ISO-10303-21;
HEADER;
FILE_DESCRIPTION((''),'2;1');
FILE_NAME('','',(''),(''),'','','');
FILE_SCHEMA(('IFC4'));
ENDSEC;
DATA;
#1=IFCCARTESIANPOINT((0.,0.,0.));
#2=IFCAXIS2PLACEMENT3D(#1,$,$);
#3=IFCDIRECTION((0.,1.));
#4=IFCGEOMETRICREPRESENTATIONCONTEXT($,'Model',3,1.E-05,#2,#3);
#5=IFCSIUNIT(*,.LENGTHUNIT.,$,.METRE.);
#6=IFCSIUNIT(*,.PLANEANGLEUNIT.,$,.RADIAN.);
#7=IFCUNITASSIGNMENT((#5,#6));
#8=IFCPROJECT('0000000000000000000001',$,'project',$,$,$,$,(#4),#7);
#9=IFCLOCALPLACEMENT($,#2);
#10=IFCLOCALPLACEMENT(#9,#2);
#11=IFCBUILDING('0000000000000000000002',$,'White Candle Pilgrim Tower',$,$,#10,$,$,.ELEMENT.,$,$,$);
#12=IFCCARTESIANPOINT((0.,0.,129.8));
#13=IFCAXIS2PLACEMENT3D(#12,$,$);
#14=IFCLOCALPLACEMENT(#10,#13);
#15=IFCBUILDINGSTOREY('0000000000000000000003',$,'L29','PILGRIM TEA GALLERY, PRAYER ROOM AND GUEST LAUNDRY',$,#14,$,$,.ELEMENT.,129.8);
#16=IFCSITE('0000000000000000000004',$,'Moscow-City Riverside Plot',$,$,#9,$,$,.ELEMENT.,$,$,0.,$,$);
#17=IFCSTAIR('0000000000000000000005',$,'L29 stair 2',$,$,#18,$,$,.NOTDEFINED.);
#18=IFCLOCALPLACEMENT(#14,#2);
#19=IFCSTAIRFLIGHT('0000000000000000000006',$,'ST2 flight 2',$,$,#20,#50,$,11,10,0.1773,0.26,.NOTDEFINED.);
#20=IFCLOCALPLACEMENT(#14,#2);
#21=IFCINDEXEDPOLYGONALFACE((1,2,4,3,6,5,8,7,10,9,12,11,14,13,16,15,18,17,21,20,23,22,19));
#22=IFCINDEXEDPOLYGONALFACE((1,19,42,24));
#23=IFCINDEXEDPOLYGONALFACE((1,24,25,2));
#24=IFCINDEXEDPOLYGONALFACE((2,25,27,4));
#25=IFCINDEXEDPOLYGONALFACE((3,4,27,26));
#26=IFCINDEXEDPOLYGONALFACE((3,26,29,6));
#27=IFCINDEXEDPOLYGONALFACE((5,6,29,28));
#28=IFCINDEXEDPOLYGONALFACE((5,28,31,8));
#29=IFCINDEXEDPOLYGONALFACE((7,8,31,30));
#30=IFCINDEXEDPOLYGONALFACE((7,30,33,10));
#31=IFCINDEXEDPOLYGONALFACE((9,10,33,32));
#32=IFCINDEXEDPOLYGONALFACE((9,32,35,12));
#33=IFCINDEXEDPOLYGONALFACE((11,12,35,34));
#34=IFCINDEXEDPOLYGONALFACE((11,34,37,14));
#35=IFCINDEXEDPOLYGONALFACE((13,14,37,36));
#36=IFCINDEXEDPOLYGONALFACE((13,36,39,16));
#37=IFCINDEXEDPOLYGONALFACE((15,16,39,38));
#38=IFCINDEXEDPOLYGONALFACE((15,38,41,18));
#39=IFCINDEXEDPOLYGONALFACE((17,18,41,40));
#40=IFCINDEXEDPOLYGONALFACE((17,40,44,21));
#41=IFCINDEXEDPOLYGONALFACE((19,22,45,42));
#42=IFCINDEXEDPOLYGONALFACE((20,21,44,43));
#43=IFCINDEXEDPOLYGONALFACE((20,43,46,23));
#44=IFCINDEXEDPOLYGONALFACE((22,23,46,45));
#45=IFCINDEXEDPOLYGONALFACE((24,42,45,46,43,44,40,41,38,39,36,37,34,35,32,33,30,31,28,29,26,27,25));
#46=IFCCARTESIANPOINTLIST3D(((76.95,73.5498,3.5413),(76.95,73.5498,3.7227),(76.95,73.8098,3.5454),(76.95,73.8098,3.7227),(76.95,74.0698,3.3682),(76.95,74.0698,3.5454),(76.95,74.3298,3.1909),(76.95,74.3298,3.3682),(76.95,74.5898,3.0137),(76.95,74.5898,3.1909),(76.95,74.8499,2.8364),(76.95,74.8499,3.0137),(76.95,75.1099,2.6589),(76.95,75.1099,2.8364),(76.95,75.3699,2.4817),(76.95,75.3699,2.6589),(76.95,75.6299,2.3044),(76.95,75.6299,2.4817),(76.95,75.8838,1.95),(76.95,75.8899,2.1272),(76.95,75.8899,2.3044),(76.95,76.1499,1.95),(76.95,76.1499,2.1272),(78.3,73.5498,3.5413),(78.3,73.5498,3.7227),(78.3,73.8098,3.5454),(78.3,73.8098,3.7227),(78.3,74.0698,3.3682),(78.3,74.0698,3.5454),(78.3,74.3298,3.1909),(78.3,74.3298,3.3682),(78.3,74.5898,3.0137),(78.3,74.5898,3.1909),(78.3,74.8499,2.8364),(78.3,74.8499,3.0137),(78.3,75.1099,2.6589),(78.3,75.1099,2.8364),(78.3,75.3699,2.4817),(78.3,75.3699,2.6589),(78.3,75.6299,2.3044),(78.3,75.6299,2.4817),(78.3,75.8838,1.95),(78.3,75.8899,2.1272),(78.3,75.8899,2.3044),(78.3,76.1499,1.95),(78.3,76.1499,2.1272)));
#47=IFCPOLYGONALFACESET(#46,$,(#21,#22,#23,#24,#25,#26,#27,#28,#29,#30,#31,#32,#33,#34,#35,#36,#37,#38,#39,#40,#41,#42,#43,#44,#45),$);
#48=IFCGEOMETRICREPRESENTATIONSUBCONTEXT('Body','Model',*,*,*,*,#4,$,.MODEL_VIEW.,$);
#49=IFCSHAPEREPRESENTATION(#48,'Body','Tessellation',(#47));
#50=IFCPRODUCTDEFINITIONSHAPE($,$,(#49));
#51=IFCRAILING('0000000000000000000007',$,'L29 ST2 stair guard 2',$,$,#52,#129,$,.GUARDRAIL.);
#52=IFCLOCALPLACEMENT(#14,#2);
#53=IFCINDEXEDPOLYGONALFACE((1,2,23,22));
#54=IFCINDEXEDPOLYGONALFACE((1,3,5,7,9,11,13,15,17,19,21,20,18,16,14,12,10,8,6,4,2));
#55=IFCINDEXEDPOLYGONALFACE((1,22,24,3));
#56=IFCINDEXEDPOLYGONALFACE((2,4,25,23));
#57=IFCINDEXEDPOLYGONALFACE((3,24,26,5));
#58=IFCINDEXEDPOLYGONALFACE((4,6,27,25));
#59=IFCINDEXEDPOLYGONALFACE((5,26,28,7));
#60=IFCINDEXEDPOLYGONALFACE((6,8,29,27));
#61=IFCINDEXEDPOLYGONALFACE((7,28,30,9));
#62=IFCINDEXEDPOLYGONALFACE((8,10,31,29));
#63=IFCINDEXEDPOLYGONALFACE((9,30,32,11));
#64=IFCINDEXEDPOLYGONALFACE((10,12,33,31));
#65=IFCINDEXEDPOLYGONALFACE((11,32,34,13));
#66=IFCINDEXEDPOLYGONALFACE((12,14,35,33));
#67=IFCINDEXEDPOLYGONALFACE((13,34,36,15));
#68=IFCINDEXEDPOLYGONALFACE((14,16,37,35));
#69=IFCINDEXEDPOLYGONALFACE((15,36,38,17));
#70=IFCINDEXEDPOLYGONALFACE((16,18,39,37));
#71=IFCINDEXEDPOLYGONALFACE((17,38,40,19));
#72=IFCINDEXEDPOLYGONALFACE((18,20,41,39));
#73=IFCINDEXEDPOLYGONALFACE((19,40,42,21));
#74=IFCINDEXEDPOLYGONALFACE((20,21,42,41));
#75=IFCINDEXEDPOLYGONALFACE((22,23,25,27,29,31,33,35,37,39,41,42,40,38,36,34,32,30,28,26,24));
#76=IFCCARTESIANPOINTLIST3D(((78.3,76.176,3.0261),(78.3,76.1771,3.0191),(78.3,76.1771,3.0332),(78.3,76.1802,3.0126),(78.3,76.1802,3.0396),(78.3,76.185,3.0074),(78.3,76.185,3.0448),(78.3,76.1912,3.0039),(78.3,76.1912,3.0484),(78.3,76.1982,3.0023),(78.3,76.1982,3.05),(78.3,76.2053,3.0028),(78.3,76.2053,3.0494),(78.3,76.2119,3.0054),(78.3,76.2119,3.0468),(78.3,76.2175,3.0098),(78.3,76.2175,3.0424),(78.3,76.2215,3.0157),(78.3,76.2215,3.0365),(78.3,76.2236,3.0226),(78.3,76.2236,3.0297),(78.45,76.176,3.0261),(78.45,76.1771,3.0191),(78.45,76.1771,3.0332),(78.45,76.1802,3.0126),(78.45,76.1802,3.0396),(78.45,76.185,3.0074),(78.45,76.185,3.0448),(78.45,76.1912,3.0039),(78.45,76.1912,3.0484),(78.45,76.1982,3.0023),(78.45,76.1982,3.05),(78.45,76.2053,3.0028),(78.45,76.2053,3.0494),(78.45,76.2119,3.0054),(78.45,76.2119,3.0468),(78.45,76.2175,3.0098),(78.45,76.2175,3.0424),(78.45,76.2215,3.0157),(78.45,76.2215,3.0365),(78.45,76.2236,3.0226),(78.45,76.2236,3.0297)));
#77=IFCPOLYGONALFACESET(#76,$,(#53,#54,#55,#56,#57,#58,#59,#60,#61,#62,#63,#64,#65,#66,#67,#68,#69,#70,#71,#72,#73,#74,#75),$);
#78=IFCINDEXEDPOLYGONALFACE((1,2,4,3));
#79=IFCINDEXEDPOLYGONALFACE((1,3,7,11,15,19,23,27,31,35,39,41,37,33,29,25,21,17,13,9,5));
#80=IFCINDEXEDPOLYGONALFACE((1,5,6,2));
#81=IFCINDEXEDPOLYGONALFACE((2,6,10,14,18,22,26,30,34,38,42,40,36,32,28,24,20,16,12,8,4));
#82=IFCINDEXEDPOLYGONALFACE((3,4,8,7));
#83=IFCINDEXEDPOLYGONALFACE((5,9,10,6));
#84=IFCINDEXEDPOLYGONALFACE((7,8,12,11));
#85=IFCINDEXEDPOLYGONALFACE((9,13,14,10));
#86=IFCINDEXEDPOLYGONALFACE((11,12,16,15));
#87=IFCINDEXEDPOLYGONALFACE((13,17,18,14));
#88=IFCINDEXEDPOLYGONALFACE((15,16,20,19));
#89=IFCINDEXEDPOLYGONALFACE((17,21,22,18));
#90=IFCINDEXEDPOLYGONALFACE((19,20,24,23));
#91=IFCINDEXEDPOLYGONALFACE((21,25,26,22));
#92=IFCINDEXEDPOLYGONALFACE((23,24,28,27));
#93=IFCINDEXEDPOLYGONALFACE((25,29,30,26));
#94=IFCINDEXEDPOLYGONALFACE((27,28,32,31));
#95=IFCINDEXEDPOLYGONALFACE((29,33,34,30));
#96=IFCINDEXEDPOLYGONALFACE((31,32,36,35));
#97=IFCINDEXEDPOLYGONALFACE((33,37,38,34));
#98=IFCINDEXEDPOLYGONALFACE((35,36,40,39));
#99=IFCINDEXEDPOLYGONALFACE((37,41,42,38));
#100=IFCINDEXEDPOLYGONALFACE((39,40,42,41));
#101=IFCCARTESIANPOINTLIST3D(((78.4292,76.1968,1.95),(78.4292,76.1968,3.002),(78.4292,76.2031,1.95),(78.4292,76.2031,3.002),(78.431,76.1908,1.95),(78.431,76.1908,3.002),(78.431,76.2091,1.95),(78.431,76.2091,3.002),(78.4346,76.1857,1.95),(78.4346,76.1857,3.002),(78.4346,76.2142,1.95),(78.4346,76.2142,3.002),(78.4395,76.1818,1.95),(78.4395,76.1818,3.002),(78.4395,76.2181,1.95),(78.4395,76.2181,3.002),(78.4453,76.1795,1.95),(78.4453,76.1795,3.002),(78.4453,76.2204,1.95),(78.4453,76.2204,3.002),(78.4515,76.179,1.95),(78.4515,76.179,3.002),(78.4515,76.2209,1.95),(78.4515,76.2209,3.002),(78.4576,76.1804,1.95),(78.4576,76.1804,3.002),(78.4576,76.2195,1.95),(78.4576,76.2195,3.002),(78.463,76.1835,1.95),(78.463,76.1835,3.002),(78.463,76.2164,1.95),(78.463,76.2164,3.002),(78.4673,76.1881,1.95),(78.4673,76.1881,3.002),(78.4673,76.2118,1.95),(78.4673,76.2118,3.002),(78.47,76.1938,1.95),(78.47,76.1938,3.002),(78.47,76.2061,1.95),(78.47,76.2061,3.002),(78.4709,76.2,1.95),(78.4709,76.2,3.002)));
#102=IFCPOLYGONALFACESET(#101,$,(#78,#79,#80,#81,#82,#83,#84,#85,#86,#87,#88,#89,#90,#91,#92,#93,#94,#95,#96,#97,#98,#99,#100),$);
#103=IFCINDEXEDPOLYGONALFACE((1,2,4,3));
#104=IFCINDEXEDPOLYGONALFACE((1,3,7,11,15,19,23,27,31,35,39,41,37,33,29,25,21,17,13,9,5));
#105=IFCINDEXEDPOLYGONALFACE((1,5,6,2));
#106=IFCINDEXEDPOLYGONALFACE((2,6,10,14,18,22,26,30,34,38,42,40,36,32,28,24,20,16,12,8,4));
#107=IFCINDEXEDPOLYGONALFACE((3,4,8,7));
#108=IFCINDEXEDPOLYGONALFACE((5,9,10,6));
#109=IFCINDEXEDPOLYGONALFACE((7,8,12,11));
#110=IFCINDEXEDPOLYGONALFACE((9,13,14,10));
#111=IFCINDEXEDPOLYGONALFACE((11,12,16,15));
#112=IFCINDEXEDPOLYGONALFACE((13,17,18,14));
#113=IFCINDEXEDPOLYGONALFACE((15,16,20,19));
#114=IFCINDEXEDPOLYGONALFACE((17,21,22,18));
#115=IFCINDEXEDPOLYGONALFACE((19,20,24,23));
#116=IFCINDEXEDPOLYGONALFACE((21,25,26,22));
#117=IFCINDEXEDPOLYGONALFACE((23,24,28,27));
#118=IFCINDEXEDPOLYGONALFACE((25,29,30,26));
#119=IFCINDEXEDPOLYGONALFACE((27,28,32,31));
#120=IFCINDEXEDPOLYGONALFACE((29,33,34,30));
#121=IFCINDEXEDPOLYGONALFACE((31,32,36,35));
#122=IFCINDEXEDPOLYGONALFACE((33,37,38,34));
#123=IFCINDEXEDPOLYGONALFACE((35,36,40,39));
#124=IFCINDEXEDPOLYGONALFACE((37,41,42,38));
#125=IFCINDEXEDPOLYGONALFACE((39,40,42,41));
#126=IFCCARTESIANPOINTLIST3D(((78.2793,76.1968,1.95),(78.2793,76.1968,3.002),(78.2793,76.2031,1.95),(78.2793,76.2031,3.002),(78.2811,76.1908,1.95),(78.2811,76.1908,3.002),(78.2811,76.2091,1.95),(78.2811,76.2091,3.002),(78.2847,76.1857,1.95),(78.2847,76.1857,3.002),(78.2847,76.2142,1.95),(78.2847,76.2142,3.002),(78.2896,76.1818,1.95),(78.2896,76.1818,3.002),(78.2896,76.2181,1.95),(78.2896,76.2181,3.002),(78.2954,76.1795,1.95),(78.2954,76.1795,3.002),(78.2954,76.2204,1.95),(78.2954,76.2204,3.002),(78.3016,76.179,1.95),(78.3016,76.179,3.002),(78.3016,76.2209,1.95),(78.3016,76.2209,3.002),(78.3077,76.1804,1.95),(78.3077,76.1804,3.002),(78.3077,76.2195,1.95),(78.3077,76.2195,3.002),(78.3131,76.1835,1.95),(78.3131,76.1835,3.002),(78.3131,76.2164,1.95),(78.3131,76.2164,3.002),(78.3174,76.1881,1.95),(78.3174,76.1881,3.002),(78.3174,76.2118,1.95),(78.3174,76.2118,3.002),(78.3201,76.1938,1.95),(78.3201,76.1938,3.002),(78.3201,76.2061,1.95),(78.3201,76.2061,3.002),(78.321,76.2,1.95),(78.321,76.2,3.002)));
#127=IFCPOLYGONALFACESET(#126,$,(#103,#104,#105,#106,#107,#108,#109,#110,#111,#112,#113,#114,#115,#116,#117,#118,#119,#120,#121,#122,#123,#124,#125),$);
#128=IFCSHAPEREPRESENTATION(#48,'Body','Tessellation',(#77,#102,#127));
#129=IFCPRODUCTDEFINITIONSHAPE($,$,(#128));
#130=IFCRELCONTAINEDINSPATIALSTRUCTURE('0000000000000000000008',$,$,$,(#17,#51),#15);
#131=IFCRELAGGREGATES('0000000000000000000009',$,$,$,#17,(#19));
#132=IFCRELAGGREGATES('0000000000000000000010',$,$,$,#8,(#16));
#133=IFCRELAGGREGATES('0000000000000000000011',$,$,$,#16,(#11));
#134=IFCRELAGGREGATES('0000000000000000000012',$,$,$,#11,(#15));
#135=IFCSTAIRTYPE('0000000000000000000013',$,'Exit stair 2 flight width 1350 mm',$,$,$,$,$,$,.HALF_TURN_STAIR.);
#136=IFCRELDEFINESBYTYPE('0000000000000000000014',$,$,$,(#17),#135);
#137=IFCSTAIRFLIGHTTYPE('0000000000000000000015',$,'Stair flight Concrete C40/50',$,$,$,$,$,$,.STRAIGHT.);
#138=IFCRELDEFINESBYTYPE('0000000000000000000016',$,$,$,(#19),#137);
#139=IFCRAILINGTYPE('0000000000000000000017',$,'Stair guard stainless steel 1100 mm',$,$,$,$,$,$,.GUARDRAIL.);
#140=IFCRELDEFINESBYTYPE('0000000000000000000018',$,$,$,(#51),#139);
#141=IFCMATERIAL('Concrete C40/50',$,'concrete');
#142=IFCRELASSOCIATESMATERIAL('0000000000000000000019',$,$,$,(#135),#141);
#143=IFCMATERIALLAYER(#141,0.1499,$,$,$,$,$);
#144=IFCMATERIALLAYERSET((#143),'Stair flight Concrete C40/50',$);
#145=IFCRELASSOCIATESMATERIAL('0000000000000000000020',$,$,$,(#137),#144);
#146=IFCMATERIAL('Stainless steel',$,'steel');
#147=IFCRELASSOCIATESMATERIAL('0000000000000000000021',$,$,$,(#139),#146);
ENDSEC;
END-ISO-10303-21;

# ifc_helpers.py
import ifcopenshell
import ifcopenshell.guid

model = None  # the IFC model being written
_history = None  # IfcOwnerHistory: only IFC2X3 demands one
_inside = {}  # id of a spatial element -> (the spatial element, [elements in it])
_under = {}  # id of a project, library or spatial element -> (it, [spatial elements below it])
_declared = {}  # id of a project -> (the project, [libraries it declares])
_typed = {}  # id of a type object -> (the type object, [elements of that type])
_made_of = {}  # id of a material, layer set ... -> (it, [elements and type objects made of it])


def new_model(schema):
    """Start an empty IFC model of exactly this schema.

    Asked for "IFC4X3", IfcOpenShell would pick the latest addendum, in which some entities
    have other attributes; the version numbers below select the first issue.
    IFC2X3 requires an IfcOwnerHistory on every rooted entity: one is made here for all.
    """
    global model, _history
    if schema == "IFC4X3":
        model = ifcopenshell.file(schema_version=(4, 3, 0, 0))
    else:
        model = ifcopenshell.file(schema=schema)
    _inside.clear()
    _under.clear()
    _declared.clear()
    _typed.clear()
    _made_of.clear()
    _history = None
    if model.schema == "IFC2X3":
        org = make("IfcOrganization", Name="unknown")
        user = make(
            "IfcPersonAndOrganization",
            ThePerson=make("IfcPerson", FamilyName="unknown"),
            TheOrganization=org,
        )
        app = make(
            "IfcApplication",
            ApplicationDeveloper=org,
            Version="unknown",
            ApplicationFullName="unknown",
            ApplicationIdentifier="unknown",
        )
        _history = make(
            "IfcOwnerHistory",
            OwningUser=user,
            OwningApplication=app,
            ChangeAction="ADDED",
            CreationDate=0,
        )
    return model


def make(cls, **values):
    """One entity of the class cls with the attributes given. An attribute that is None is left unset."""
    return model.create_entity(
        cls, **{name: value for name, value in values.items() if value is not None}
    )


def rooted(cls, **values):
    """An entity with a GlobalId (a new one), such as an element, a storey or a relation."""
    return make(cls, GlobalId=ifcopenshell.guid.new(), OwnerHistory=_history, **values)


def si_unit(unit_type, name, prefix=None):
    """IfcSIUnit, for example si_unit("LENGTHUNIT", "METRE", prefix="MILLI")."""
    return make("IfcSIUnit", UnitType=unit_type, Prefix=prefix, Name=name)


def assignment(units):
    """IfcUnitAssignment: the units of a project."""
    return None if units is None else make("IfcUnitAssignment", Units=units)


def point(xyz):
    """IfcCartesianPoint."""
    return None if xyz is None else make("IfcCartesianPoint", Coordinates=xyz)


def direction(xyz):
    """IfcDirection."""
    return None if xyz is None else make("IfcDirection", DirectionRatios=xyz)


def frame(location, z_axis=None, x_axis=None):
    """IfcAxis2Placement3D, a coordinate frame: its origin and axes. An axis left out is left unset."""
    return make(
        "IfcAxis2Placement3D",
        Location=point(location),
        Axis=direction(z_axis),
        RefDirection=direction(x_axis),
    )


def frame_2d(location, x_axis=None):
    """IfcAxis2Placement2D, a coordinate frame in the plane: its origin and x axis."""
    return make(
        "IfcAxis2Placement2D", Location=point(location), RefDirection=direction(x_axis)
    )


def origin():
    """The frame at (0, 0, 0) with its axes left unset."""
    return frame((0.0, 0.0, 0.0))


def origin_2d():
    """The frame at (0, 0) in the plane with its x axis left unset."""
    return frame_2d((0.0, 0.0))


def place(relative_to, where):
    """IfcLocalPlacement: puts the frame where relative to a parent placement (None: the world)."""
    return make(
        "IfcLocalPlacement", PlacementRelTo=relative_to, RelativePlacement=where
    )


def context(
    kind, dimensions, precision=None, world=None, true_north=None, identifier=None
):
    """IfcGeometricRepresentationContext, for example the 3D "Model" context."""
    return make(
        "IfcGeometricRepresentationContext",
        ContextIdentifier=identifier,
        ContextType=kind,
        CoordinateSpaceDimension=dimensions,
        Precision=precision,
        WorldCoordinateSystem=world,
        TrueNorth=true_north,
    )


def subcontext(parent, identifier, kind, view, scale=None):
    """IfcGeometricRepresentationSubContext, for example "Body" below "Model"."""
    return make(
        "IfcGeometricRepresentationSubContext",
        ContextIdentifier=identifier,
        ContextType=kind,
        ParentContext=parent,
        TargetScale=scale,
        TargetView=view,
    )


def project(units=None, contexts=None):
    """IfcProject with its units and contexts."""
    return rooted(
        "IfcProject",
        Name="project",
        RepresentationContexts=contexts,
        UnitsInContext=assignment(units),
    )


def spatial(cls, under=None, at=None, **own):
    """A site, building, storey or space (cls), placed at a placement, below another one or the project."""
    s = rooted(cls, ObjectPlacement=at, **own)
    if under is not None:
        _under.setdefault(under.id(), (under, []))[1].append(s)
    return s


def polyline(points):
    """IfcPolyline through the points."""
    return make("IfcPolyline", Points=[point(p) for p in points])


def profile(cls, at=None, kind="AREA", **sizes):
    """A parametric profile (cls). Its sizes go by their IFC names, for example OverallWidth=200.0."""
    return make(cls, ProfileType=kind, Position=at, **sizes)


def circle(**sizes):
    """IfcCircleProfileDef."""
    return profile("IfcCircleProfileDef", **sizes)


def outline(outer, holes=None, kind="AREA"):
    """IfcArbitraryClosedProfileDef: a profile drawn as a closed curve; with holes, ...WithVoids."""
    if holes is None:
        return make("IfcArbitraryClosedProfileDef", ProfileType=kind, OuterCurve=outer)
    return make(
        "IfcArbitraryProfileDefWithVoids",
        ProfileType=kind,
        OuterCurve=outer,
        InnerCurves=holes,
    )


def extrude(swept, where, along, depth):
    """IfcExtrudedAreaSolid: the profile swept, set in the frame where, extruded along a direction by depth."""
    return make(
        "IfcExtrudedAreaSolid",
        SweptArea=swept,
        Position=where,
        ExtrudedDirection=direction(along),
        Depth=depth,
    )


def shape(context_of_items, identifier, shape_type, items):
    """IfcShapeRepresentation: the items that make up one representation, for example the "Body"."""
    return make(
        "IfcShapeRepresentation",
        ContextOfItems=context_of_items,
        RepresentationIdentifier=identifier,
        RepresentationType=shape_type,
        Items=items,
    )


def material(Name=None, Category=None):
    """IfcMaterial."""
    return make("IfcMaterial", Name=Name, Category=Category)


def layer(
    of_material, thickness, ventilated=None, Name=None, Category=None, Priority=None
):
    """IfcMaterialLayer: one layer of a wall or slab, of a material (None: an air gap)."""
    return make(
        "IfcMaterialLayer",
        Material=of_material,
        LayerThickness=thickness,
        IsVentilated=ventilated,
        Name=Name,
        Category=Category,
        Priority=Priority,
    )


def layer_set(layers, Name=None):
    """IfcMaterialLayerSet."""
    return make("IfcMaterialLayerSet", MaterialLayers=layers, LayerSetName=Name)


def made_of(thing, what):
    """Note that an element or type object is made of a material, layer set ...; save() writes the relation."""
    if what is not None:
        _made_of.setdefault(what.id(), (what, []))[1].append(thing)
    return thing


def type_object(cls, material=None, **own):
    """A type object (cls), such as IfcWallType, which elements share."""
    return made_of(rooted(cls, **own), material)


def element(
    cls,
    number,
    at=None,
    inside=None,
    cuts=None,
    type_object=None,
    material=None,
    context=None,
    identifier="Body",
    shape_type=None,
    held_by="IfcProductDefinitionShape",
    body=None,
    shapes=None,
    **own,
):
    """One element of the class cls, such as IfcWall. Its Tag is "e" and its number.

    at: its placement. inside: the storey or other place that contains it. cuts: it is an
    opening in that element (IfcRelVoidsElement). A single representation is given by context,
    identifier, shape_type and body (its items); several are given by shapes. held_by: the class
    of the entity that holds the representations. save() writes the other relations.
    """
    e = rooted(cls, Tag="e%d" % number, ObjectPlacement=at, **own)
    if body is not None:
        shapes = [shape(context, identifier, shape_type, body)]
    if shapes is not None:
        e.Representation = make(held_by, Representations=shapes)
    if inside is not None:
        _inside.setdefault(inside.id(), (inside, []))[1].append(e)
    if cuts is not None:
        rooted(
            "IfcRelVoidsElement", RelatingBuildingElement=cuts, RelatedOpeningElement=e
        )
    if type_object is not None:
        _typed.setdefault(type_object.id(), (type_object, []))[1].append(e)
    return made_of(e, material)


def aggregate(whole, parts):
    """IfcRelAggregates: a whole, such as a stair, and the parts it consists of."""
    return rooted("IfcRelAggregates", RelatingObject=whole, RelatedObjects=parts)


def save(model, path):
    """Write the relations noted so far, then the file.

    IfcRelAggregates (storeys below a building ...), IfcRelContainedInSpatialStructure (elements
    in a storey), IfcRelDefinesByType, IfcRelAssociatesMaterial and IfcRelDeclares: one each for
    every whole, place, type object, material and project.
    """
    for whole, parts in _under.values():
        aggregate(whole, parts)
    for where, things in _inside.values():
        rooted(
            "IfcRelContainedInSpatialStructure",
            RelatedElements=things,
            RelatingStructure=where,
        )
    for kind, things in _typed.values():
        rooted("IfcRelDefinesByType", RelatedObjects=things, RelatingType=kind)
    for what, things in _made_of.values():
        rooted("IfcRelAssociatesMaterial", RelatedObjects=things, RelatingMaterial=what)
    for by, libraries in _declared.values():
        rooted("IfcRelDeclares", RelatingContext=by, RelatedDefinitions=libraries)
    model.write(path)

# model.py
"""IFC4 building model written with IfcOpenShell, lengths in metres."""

from ifc_helpers import new_model, si_unit, direction, frame, origin, origin_2d, place, context, subcontext, project, spatial, polyline, circle, outline, extrude, material, layer, layer_set, type_object, element, aggregate, save


model = new_model("IFC4")

# Units and contexts
model_context = context("Model", 3, precision=1e-05, world=origin(), true_north=direction((0.0, 1.0)))
body_context = subcontext(model_context, "Body", "Model", "MODEL_VIEW")
ifc_project = project(units=[si_unit("LENGTHUNIT", "METRE"), si_unit("PLANEANGLEUNIT", "RADIAN")], contexts=[model_context])

# Site, building, storey
site_placement = place(None, origin())
site = spatial("IfcSite", under=ifc_project, at=site_placement, Name="Moscow-City Riverside Plot", CompositionType="ELEMENT", RefElevation=0.0)
building_placement = place(site_placement, origin())
building = spatial("IfcBuilding", under=site, at=building_placement, Name="White Candle Pilgrim Tower", CompositionType="ELEMENT")
storey_placement = place(building_placement, frame((0.0, 0.0, 129.8)))
storey = spatial("IfcBuildingStorey", under=building, at=storey_placement, Name="L29", Description="PILGRIM TEA GALLERY, PRAYER ROOM AND GUEST LAUNDRY", CompositionType="ELEMENT", Elevation=129.8)

# Stair, stair flight
ifc_material_1 = material(Name="Concrete C40/50", Category="concrete")
stair_type = type_object("IfcStairType", Name="Exit stair 2 flight width 1350 mm", PredefinedType="HALF_TURN_STAIR", material=ifc_material_1)
stair_placement = place(storey_placement, origin())
stair = element("IfcStair", 1, at=stair_placement, inside=storey, type_object=stair_type, Name="L29 stair 2", PredefinedType="NOTDEFINED")
ifc_layer_1 = layer(ifc_material_1, 0.1499)
ifc_layer_set_1 = layer_set([ifc_layer_1], Name="Stair flight Concrete C40/50")
stair_flight_type = type_object("IfcStairFlightType", Name="Stair flight Concrete C40/50", PredefinedType="STRAIGHT", material=ifc_layer_set_1)
stair_flight_placement = place(storey_placement, frame((77.625, 76.1499, 1.95), z_axis=(0.0, 0.0, 1.0), x_axis=(0.0, -1.0, 0.0)))
stair_flight = element("IfcStairFlight", 2, at=stair_flight_placement, type_object=stair_flight_type, Name="ST2 flight 2", NumberOfRisers=11, NumberOfTreads=10, PredefinedType="NOTDEFINED", RiserHeight=0.1773, TreadLength=0.26, context=body_context, shape_type="SweptSolid", body=[
    extrude(outline(polyline([(0.0, 0.0), (0.0, 0.1772), (0.26, 0.1772), (0.26, 0.3545), (0.52, 0.3545), (0.52, 0.5317), (0.78, 0.5317), (0.78, 0.709), (1.04, 0.709), (1.04, 0.8865), (1.3, 0.8865), (1.3, 1.0637), (1.5601, 1.0637), (1.5601, 1.241), (1.8201, 1.241), (1.8201, 1.4182), (2.0801, 1.4182), (2.0801, 1.5955), (2.3401, 1.5955), (2.3401, 1.7727), (2.6001, 1.7727), (2.6001, 1.95), (2.6001, 1.5913), (0.2661, 0.0), (0.0, 0.0)])), frame((0.0, 0.675, 0.0), z_axis=(0.0, -1.0, 0.0), x_axis=(1.0, 0.0, 0.0)), (0.0, 0.0, 1.0), 1.3501),
])
aggregate(stair, [stair_flight])

# Railing
ifc_material_2 = material(Name="Stainless steel", Category="steel")
railing_type_1 = type_object("IfcRailingType", Name="Stair guard stainless steel 1100 mm", PredefinedType="GUARDRAIL", material=ifc_material_2)
railing_1_placement = place(storey_placement, frame((78.45, 76.2, 1.95)))
element("IfcRailing", 3, at=railing_1_placement, inside=storey, type_object=railing_type_1, Name="L29 ST2 stair guard 2", PredefinedType="GUARDRAIL", context=body_context, shape_type="SweptSolid", body=[
    extrude(circle(Radius=0.0239, at=origin_2d()), frame((0.0, 0.0, 1.0762), z_axis=(-1.0, 0.0, 0.0), x_axis=(0.0, -1.0, 0.0)), (0.0, 0.0, 1.0), 0.1499),
    extrude(circle(Radius=0.021, at=origin_2d()), origin(), (0.0, 0.0, 1.0), 1.052),
    extrude(circle(Radius=0.021, at=origin_2d()), frame((-0.1499, 0.0, 0.0)), (0.0, 0.0, 1.0), 1.052),
])

save(model, "model.ifc")
